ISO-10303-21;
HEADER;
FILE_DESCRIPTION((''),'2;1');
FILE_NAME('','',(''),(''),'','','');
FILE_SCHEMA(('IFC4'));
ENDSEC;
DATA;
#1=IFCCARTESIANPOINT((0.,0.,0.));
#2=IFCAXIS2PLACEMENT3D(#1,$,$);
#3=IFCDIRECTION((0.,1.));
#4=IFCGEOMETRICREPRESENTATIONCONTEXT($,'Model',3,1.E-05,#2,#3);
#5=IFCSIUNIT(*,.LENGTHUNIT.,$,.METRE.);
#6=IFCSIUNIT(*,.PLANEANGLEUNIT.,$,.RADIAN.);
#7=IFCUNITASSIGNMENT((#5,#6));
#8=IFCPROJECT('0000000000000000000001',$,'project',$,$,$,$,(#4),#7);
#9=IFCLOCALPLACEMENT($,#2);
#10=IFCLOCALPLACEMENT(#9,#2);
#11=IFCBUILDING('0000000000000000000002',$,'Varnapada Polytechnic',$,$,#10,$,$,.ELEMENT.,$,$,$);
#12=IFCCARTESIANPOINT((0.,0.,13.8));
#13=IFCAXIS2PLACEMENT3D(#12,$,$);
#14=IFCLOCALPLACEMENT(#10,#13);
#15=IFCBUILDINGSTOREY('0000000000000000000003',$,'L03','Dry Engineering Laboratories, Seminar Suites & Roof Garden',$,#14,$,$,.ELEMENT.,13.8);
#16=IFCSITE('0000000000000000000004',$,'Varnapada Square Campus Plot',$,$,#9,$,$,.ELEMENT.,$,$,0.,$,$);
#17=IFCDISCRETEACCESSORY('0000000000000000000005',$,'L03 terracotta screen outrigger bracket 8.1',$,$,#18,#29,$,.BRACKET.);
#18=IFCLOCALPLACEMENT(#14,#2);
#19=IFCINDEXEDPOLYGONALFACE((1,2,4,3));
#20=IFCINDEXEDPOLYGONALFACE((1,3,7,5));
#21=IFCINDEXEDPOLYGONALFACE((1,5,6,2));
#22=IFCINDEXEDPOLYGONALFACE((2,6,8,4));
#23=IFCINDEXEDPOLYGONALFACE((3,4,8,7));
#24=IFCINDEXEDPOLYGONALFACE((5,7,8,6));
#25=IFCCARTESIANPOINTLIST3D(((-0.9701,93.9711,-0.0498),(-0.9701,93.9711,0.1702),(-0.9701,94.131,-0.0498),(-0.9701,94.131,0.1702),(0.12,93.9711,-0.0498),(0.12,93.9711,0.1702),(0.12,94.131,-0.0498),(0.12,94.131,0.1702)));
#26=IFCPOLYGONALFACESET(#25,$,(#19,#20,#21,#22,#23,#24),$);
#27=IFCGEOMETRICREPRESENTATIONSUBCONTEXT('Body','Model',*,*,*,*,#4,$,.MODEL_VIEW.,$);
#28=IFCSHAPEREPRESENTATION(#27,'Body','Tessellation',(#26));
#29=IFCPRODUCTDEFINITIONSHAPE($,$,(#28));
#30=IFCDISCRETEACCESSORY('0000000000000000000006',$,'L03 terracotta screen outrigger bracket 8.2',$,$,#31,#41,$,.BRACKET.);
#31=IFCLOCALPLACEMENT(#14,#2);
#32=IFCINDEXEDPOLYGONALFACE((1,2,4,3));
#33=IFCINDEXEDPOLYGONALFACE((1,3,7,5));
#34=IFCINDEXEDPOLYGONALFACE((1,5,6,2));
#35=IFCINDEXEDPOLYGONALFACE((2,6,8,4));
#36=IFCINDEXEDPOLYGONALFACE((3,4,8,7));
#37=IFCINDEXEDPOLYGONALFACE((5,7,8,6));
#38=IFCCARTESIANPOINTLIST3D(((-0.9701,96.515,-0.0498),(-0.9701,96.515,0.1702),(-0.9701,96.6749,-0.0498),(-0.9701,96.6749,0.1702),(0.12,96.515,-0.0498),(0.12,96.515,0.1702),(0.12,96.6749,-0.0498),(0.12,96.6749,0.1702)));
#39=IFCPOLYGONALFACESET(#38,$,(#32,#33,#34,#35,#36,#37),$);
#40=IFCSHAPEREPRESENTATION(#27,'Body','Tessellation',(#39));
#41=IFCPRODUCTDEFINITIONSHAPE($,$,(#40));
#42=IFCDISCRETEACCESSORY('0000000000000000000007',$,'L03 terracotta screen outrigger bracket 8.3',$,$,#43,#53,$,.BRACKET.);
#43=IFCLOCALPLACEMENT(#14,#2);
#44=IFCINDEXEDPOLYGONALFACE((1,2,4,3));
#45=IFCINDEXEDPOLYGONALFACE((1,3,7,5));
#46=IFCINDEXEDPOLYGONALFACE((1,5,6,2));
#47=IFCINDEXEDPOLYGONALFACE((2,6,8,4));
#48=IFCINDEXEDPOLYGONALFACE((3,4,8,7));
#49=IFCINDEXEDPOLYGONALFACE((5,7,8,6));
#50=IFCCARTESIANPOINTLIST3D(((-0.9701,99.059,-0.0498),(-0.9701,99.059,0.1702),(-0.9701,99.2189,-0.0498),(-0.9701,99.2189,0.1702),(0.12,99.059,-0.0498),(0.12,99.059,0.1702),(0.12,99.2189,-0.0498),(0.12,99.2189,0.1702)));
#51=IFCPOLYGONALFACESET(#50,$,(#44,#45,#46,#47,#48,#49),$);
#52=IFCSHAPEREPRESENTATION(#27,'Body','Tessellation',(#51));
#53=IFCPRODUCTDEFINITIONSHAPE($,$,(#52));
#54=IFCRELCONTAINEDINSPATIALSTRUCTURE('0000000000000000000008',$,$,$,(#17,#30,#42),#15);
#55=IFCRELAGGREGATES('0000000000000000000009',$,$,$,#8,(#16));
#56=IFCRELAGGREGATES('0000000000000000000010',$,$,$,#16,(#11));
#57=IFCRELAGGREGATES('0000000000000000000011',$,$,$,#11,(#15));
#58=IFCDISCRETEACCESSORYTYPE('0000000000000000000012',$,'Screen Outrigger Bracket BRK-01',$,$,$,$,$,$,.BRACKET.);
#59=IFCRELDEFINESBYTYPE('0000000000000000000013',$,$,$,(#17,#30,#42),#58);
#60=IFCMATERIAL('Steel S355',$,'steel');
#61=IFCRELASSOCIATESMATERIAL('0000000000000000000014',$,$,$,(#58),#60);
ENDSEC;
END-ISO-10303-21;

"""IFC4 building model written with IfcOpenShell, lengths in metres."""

from ifc_helpers import new_model, si_unit, direction, frame, origin, origin_2d, place, context, subcontext, project, spatial, rectangle, extrude, material, type_object, element, save


model = new_model("IFC4")

# Units and contexts
model_context = context("Model", 3, precision=1e-05, world=origin(), true_north=direction((0.0, 1.0)))
body_context = subcontext(model_context, "Body", "Model", "MODEL_VIEW")
ifc_project = project(units=[si_unit("LENGTHUNIT", "METRE"), si_unit("PLANEANGLEUNIT", "RADIAN")], contexts=[model_context])

# Site, building, storey
site_placement = place(None, origin())
site = spatial("IfcSite", under=ifc_project, at=site_placement, Name="Varnapada Square Campus Plot", CompositionType="ELEMENT", RefElevation=0.0)
building_placement = place(site_placement, origin())
building = spatial("IfcBuilding", under=site, at=building_placement, Name="Varnapada Polytechnic", CompositionType="ELEMENT")
storey_placement = place(building_placement, frame((0.0, 0.0, 13.8)))
storey = spatial("IfcBuildingStorey", under=building, at=storey_placement, Name="L03", Description="Dry Engineering Laboratories, Seminar Suites & Roof Garden", CompositionType="ELEMENT", Elevation=13.8)

# Discrete accessories
ifc_material_1 = material(Name="Steel S355", Category="steel")
discrete_accessory_type = type_object("IfcDiscreteAccessoryType", Name="Screen Outrigger Bracket BRK-01", PredefinedType="BRACKET", material=ifc_material_1)
for number, where, z_axis, x_axis, name in (
    (1, (-0.425, 94.051, -0.0498), (0.0, 0.0, 1.0), (0.0, 1.0, 0.0), "L03 terracotta screen outrigger bracket 8.1"),
    (2, (-0.425, 96.595, -0.0498), (0.0, 0.0, 1.0), (0.0, 1.0, 0.0), "L03 terracotta screen outrigger bracket 8.2"),
    (3, (-0.425, 99.1389, -0.0498), (0.0, 0.0, 1.0), (0.0, 1.0, 0.0), "L03 terracotta screen outrigger bracket 8.3"),
):
    element("IfcDiscreteAccessory", number, at=place(storey_placement, frame(where, z_axis=z_axis, x_axis=x_axis)), inside=storey, type_object=discrete_accessory_type, Name=name, PredefinedType="BRACKET", context=body_context, shape_type="SweptSolid", body=[
        extrude(rectangle(XDim=0.1599, YDim=1.0901, at=origin_2d()), origin(), (0.0, 0.0, 1.0), 0.22),
    ])

save(model, "model.ifc")
